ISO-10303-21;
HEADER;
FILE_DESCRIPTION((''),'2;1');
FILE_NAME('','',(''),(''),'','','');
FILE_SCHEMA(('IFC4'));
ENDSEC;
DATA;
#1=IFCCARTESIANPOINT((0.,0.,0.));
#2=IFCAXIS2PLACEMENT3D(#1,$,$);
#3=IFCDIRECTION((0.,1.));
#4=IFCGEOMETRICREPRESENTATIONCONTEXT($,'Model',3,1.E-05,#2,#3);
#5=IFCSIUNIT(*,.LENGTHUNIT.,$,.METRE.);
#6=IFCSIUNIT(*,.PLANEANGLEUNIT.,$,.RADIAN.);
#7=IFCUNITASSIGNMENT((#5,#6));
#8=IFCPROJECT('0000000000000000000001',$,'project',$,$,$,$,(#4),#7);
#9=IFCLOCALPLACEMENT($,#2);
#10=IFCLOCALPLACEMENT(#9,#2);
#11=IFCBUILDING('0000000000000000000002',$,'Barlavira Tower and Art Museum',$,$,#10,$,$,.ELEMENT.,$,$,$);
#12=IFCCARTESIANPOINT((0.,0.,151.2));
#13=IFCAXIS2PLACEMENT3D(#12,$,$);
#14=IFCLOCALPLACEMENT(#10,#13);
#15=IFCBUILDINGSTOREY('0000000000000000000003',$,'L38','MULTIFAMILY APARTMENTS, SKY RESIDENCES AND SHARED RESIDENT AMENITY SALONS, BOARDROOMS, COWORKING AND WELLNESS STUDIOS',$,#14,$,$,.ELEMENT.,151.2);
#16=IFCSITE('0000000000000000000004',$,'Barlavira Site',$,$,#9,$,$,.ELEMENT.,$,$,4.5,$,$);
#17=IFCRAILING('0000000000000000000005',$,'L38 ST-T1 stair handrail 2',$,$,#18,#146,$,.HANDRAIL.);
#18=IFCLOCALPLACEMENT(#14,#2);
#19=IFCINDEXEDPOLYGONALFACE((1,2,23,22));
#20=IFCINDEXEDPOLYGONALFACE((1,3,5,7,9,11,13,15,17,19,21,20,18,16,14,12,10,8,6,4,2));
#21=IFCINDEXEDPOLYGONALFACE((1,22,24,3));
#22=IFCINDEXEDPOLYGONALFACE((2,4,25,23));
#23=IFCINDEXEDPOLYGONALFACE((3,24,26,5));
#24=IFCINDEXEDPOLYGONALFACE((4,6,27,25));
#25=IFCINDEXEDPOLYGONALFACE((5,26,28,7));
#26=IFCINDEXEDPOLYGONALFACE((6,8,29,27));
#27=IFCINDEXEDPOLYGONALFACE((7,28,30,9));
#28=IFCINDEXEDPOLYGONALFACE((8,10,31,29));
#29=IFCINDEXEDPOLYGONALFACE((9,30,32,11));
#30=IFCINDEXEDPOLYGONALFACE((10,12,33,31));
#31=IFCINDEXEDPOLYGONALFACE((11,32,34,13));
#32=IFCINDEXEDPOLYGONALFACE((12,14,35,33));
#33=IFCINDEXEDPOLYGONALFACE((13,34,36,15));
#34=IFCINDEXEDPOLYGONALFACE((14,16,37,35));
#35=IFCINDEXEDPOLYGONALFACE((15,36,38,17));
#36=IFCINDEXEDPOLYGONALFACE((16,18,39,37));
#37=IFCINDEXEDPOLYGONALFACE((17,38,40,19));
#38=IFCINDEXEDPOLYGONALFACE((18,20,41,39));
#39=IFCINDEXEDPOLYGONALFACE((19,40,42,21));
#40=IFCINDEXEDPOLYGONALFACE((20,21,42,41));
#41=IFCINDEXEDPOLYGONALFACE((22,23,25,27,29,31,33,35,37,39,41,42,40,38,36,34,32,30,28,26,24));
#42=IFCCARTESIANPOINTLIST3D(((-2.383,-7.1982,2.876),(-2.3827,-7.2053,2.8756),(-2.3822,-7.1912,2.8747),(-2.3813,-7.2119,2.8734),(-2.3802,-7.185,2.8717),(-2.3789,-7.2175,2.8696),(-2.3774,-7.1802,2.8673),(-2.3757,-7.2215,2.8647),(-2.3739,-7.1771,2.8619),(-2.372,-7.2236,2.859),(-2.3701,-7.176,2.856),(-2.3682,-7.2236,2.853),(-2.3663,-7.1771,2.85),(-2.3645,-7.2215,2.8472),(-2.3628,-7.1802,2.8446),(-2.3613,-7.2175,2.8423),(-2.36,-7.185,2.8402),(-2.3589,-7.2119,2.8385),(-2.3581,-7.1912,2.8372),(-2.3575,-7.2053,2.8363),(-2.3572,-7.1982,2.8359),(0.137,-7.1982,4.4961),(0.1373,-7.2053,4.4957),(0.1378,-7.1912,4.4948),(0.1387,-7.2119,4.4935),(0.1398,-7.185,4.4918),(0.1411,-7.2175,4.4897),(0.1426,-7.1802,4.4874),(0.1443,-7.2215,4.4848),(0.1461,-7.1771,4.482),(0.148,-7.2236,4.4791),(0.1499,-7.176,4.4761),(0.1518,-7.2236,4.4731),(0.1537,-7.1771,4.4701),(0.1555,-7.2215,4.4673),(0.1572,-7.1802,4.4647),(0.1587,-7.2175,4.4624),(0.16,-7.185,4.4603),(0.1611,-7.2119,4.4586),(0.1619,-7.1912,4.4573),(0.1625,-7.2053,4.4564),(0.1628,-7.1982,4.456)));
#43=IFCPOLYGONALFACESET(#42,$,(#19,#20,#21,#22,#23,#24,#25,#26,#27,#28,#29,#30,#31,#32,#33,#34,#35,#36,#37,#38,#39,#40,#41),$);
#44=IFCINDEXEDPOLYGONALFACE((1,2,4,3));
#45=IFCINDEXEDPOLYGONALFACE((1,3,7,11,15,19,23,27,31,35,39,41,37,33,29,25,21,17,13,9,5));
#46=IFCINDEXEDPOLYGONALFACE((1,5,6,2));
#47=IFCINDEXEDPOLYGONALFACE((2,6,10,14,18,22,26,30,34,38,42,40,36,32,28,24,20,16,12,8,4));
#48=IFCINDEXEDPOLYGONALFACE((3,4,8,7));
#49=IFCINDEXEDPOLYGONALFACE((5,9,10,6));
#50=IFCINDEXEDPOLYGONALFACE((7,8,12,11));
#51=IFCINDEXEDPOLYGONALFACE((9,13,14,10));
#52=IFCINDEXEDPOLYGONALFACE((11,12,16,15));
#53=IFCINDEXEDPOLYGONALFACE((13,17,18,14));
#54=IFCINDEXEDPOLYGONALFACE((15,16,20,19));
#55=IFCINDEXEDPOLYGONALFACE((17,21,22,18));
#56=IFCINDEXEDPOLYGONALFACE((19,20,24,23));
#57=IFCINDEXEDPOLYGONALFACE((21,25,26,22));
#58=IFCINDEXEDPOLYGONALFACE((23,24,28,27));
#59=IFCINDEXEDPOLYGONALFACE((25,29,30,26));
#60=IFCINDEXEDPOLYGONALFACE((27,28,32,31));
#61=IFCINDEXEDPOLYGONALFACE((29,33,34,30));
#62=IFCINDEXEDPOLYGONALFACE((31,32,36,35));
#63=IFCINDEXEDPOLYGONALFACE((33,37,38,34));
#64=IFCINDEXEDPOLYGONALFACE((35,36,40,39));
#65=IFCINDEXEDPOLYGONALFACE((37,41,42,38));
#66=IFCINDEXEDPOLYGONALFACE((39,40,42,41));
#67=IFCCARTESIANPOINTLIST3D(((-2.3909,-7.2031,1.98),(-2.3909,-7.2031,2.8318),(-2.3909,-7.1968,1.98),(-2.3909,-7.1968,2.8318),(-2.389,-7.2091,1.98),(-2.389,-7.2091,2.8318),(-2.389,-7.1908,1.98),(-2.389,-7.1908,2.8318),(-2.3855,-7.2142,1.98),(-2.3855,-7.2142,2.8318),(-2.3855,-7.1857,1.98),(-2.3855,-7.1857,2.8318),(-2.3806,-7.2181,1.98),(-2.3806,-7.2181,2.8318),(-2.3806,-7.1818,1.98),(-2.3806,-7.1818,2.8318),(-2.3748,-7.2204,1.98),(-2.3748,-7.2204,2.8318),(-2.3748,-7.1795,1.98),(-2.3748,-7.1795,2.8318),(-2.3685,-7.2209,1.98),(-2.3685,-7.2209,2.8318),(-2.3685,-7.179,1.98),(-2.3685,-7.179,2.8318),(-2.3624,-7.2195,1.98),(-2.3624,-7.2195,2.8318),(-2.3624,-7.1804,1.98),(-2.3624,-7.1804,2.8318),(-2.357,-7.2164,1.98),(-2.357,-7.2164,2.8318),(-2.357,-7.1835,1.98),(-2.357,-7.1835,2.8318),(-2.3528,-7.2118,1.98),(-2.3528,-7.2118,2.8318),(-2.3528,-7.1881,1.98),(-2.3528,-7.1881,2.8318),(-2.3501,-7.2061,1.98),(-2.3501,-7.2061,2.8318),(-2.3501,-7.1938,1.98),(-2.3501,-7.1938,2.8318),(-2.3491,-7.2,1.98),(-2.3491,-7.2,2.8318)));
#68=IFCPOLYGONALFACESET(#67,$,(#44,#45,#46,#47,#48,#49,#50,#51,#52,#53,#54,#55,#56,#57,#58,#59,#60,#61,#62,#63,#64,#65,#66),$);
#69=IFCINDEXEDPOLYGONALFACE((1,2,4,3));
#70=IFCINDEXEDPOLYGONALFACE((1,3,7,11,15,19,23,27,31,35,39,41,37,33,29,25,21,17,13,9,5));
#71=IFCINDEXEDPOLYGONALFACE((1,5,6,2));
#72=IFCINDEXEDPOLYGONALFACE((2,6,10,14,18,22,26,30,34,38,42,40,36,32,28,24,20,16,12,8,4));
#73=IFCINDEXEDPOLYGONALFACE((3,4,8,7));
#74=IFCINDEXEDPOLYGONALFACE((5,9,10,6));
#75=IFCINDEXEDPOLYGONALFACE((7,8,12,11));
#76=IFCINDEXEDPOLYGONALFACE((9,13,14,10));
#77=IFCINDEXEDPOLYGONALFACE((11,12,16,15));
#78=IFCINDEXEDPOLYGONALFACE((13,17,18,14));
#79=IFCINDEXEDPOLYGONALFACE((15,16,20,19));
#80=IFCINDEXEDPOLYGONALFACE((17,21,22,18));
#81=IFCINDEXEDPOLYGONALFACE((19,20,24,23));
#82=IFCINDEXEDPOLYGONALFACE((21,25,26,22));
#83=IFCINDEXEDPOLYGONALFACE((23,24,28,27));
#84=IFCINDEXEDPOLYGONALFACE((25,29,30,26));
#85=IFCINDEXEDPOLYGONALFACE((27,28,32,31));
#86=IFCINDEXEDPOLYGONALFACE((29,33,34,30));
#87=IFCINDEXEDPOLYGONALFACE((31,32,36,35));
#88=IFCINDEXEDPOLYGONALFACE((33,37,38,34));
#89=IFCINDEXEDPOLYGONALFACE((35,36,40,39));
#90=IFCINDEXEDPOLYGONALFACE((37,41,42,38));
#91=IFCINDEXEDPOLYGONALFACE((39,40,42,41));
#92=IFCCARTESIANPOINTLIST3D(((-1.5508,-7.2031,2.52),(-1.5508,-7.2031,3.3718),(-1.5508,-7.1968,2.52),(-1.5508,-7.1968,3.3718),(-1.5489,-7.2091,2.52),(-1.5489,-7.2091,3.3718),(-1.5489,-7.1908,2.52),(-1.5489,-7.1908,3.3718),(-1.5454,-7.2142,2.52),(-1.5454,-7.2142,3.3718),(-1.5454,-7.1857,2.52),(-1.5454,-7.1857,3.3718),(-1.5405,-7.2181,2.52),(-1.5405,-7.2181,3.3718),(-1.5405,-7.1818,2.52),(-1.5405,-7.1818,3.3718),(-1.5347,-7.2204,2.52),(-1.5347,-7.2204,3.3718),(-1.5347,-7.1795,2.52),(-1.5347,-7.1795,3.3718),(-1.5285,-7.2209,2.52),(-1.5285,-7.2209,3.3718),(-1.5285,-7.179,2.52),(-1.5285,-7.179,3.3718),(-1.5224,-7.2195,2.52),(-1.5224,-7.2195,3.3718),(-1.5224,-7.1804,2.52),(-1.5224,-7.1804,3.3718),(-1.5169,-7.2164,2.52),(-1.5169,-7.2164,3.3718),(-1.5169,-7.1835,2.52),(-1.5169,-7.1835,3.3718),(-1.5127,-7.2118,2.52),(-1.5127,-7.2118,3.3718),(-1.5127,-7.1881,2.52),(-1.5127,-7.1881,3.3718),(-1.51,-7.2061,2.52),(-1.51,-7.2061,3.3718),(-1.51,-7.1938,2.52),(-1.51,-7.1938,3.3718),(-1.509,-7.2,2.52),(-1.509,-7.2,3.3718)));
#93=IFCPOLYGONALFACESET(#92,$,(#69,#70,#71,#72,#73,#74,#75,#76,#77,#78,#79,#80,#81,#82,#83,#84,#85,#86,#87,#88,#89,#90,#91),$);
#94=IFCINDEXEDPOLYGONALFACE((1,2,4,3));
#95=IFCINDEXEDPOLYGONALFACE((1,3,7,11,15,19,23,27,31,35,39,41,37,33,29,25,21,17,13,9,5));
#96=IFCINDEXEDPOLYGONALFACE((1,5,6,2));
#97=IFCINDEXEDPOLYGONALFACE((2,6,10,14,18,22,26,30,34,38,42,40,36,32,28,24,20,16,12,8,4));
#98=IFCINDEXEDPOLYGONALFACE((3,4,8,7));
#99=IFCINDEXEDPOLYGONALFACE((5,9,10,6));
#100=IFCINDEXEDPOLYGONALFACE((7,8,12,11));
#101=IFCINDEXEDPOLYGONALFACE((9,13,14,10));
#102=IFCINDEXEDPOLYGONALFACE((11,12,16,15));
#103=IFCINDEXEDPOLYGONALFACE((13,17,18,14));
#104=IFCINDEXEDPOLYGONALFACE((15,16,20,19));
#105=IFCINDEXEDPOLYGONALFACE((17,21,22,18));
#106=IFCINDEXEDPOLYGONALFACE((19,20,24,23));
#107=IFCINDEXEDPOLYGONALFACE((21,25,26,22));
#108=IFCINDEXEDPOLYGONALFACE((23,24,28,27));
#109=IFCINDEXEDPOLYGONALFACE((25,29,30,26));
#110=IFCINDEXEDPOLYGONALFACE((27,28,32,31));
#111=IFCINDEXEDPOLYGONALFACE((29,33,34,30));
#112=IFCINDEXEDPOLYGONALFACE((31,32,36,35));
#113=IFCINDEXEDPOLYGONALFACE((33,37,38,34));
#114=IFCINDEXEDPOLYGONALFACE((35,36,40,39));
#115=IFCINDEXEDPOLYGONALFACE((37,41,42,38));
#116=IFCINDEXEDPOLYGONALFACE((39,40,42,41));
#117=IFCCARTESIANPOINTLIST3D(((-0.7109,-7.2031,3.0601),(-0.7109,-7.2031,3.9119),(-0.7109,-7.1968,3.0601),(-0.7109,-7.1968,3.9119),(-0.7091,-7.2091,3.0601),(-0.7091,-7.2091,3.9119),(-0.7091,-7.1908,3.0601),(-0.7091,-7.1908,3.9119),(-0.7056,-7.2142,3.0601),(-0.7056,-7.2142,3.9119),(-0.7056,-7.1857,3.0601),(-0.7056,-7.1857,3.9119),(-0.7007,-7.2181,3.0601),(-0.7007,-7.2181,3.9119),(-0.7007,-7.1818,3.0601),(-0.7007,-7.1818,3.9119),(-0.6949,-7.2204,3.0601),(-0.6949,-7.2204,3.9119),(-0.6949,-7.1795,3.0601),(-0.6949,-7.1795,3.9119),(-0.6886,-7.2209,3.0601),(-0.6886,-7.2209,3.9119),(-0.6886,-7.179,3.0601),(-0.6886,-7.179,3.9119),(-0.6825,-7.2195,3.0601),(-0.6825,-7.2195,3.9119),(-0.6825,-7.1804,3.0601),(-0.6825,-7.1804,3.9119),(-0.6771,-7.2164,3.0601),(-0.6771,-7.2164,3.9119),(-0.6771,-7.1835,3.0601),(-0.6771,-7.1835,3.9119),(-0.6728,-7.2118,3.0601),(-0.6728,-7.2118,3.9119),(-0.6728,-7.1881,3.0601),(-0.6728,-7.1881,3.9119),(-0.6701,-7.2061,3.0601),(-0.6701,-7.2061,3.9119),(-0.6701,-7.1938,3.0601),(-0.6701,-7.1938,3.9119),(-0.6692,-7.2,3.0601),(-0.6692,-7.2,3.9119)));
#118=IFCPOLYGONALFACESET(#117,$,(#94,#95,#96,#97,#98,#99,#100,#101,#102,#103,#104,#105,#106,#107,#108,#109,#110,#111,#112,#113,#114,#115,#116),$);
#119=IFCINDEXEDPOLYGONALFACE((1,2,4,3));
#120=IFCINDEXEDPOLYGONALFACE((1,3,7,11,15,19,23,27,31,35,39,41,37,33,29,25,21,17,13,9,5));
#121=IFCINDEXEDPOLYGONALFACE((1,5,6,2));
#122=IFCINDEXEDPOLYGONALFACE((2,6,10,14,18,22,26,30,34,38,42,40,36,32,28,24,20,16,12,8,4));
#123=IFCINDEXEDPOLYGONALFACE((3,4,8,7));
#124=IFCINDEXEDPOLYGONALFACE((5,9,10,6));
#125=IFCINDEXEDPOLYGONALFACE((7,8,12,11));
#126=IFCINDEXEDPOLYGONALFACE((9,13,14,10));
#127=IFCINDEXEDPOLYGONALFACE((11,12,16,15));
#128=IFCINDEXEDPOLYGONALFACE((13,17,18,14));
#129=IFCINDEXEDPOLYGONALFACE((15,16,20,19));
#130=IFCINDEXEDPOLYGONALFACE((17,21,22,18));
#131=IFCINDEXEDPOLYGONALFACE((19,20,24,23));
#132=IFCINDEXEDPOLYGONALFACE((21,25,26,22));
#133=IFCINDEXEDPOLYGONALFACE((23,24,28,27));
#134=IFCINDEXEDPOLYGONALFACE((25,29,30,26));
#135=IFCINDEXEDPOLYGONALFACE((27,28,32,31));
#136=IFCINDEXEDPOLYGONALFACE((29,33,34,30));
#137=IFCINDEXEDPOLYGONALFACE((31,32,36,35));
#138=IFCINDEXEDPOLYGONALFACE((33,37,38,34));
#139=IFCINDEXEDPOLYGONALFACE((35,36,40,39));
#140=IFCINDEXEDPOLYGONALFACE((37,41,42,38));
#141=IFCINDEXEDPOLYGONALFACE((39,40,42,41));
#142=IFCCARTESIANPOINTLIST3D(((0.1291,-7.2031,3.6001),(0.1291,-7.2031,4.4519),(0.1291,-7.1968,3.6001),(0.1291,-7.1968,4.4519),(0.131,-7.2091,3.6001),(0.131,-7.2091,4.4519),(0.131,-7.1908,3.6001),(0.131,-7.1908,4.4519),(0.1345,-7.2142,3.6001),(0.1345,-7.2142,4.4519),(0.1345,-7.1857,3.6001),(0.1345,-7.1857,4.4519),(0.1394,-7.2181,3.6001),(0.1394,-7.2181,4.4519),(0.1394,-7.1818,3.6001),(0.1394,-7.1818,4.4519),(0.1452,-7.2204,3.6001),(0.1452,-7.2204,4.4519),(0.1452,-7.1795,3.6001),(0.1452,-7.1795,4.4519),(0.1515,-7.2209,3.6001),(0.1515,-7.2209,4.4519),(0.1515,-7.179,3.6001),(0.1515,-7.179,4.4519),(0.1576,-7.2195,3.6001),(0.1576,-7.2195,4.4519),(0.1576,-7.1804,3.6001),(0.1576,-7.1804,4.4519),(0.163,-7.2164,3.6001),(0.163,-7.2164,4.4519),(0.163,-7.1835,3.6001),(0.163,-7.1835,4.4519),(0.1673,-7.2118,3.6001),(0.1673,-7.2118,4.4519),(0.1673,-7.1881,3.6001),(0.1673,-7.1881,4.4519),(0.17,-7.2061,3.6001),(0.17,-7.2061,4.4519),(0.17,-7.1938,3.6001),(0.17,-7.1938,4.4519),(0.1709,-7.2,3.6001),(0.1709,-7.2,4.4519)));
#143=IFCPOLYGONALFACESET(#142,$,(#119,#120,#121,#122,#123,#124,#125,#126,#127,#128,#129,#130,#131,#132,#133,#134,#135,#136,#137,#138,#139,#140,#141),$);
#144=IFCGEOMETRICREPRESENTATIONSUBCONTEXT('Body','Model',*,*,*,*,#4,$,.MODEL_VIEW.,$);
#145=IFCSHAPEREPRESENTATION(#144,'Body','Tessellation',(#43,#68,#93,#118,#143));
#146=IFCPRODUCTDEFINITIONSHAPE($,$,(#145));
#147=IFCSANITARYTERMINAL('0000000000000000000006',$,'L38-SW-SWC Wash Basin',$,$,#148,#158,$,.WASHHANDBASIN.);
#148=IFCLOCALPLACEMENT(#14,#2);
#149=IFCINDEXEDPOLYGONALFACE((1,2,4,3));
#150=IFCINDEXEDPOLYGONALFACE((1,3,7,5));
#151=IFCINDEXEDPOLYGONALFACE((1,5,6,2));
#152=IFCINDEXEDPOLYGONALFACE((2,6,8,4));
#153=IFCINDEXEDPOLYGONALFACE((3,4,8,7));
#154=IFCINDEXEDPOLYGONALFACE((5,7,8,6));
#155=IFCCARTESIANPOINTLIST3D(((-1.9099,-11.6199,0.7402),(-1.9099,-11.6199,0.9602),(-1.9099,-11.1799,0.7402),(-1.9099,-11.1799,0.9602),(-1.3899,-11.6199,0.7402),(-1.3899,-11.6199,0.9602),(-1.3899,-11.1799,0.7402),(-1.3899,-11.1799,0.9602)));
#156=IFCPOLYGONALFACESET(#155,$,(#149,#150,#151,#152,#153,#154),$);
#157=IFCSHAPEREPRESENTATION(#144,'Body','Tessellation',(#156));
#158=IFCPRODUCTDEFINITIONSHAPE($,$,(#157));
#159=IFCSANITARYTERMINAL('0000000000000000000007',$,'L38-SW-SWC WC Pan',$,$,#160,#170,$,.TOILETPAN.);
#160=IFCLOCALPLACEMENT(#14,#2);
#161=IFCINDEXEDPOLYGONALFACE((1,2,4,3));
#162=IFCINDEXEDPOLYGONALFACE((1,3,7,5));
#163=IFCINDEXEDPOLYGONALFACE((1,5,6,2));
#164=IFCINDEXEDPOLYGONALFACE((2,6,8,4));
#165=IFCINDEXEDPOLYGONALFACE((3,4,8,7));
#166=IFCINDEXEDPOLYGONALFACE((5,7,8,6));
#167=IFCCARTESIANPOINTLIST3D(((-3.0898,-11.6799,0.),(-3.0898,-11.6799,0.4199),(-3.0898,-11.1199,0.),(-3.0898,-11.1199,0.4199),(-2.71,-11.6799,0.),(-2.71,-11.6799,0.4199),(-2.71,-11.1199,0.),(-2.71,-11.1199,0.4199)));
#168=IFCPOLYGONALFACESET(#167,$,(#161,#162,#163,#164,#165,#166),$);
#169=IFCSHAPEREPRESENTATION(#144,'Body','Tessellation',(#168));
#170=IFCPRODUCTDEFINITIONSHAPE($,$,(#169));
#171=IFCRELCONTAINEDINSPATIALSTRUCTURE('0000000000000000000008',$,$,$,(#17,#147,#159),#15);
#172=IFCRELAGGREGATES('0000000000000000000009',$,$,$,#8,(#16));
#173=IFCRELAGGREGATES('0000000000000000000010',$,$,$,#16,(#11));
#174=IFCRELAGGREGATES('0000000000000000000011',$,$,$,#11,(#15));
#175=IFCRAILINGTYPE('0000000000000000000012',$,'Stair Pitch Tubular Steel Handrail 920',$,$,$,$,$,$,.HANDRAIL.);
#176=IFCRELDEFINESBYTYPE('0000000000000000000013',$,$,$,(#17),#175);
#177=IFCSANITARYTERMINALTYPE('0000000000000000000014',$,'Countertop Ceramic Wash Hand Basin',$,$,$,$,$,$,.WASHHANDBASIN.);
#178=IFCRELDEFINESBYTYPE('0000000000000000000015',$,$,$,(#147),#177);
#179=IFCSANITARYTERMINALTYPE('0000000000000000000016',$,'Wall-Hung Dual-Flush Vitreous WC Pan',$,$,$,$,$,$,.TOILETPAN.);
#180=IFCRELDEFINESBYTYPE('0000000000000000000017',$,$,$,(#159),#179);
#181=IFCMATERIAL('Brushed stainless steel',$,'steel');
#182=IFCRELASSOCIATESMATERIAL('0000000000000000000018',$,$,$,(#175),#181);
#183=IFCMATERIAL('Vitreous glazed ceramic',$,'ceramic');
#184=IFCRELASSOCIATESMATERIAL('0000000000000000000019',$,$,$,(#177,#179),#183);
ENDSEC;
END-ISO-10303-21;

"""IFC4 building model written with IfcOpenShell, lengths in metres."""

from ifc_helpers import new_model, si_unit, direction, frame, origin, origin_2d, place, context, subcontext, project, spatial, rectangle, circle, extrude, material, type_object, element, save


model = new_model("IFC4")

# Units and contexts
model_context = context("Model", 3, precision=1e-05, world=origin(), true_north=direction((0.0, 1.0)))
body_context = subcontext(model_context, "Body", "Model", "MODEL_VIEW")
ifc_project = project(units=[si_unit("LENGTHUNIT", "METRE"), si_unit("PLANEANGLEUNIT", "RADIAN")], contexts=[model_context])

# Site, building, storey
site_placement = place(None, origin())
site = spatial("IfcSite", under=ifc_project, at=site_placement, Name="Barlavira Site", CompositionType="ELEMENT", RefElevation=4.5)
building_placement = place(site_placement, origin())
building = spatial("IfcBuilding", under=site, at=building_placement, Name="Barlavira Tower and Art Museum", CompositionType="ELEMENT")
storey_placement = place(building_placement, frame((0.0, 0.0, 151.2)))
storey = spatial("IfcBuildingStorey", under=building, at=storey_placement, Name="L38", Description="MULTIFAMILY APARTMENTS, SKY RESIDENCES AND SHARED RESIDENT AMENITY SALONS, BOARDROOMS, COWORKING AND WELLNESS STUDIOS", CompositionType="ELEMENT", Elevation=151.2)

# Shared definitions
ifc_material_1 = material(Name="Brushed stainless steel", Category="steel")

# Railing
railing_type_1 = type_object("IfcRailingType", Name="Stair Pitch Tubular Steel Handrail 920", PredefinedType="HANDRAIL", material=ifc_material_1)
railing_1_placement = place(storey_placement, frame((-2.3701, -7.2, 1.98)))
element("IfcRailing", 1, at=railing_1_placement, inside=storey, type_object=railing_type_1, Name="L38 ST-T1 stair handrail 2", PredefinedType="HANDRAIL", context=body_context, shape_type="SweptSolid", body=[
    extrude(circle(Radius=0.0239, at=origin_2d()), frame((0.0, 0.0, 0.876), z_axis=(0.841163, 0.0, 0.540782), x_axis=(0.0, 1.0, 0.0)), (0.0, 0.0, 1.0), 2.9958),
    extrude(circle(Radius=0.021, at=origin_2d()), origin(), (0.0, 0.0, 1.0), 0.8518),
    extrude(circle(Radius=0.021, at=origin_2d()), frame((0.8401, 0.0, 0.54)), (0.0, 0.0, 1.0), 0.8518),
    extrude(circle(Radius=0.021, at=origin_2d()), frame((1.6799, 0.0, 1.0801)), (0.0, 0.0, 1.0), 0.8518),
    extrude(circle(Radius=0.021, at=origin_2d()), frame((2.52, 0.0, 1.6201)), (0.0, 0.0, 1.0), 0.8518),
])

# Sanitary terminals
ifc_material_2 = material(Name="Vitreous glazed ceramic", Category="ceramic")
sanitary_terminal_type_1 = type_object("IfcSanitaryTerminalType", Name="Countertop Ceramic Wash Hand Basin", PredefinedType="WASHHANDBASIN", material=ifc_material_2)
sanitary_terminal_1_placement = place(storey_placement, frame((-1.6499, -11.3999, 0.7402), z_axis=(0.0, 0.0, 1.0), x_axis=(1.0, 0.0, 0.0)))
element("IfcSanitaryTerminal", 2, at=sanitary_terminal_1_placement, inside=storey, type_object=sanitary_terminal_type_1, Name="L38-SW-SWC Wash Basin", PredefinedType="WASHHANDBASIN", context=body_context, shape_type="SweptSolid", body=[
    extrude(rectangle(XDim=0.52, YDim=0.4399, at=origin_2d()), origin(), (0.0, 0.0, 1.0), 0.22),
])
sanitary_terminal_type_2 = type_object("IfcSanitaryTerminalType", Name="Wall-Hung Dual-Flush Vitreous WC Pan", PredefinedType="TOILETPAN", material=ifc_material_2)
sanitary_terminal_2_placement = place(storey_placement, frame((-2.8999, -11.3999, 0.0), z_axis=(0.0, 0.0, 1.0), x_axis=(1.0, 0.0, 0.0)))
element("IfcSanitaryTerminal", 3, at=sanitary_terminal_2_placement, inside=storey, type_object=sanitary_terminal_type_2, Name="L38-SW-SWC WC Pan", PredefinedType="TOILETPAN", context=body_context, shape_type="SweptSolid", body=[
    extrude(rectangle(XDim=0.3799, YDim=0.5601, at=origin_2d()), origin(), (0.0, 0.0, 1.0), 0.4199),
])

save(model, "model.ifc")
